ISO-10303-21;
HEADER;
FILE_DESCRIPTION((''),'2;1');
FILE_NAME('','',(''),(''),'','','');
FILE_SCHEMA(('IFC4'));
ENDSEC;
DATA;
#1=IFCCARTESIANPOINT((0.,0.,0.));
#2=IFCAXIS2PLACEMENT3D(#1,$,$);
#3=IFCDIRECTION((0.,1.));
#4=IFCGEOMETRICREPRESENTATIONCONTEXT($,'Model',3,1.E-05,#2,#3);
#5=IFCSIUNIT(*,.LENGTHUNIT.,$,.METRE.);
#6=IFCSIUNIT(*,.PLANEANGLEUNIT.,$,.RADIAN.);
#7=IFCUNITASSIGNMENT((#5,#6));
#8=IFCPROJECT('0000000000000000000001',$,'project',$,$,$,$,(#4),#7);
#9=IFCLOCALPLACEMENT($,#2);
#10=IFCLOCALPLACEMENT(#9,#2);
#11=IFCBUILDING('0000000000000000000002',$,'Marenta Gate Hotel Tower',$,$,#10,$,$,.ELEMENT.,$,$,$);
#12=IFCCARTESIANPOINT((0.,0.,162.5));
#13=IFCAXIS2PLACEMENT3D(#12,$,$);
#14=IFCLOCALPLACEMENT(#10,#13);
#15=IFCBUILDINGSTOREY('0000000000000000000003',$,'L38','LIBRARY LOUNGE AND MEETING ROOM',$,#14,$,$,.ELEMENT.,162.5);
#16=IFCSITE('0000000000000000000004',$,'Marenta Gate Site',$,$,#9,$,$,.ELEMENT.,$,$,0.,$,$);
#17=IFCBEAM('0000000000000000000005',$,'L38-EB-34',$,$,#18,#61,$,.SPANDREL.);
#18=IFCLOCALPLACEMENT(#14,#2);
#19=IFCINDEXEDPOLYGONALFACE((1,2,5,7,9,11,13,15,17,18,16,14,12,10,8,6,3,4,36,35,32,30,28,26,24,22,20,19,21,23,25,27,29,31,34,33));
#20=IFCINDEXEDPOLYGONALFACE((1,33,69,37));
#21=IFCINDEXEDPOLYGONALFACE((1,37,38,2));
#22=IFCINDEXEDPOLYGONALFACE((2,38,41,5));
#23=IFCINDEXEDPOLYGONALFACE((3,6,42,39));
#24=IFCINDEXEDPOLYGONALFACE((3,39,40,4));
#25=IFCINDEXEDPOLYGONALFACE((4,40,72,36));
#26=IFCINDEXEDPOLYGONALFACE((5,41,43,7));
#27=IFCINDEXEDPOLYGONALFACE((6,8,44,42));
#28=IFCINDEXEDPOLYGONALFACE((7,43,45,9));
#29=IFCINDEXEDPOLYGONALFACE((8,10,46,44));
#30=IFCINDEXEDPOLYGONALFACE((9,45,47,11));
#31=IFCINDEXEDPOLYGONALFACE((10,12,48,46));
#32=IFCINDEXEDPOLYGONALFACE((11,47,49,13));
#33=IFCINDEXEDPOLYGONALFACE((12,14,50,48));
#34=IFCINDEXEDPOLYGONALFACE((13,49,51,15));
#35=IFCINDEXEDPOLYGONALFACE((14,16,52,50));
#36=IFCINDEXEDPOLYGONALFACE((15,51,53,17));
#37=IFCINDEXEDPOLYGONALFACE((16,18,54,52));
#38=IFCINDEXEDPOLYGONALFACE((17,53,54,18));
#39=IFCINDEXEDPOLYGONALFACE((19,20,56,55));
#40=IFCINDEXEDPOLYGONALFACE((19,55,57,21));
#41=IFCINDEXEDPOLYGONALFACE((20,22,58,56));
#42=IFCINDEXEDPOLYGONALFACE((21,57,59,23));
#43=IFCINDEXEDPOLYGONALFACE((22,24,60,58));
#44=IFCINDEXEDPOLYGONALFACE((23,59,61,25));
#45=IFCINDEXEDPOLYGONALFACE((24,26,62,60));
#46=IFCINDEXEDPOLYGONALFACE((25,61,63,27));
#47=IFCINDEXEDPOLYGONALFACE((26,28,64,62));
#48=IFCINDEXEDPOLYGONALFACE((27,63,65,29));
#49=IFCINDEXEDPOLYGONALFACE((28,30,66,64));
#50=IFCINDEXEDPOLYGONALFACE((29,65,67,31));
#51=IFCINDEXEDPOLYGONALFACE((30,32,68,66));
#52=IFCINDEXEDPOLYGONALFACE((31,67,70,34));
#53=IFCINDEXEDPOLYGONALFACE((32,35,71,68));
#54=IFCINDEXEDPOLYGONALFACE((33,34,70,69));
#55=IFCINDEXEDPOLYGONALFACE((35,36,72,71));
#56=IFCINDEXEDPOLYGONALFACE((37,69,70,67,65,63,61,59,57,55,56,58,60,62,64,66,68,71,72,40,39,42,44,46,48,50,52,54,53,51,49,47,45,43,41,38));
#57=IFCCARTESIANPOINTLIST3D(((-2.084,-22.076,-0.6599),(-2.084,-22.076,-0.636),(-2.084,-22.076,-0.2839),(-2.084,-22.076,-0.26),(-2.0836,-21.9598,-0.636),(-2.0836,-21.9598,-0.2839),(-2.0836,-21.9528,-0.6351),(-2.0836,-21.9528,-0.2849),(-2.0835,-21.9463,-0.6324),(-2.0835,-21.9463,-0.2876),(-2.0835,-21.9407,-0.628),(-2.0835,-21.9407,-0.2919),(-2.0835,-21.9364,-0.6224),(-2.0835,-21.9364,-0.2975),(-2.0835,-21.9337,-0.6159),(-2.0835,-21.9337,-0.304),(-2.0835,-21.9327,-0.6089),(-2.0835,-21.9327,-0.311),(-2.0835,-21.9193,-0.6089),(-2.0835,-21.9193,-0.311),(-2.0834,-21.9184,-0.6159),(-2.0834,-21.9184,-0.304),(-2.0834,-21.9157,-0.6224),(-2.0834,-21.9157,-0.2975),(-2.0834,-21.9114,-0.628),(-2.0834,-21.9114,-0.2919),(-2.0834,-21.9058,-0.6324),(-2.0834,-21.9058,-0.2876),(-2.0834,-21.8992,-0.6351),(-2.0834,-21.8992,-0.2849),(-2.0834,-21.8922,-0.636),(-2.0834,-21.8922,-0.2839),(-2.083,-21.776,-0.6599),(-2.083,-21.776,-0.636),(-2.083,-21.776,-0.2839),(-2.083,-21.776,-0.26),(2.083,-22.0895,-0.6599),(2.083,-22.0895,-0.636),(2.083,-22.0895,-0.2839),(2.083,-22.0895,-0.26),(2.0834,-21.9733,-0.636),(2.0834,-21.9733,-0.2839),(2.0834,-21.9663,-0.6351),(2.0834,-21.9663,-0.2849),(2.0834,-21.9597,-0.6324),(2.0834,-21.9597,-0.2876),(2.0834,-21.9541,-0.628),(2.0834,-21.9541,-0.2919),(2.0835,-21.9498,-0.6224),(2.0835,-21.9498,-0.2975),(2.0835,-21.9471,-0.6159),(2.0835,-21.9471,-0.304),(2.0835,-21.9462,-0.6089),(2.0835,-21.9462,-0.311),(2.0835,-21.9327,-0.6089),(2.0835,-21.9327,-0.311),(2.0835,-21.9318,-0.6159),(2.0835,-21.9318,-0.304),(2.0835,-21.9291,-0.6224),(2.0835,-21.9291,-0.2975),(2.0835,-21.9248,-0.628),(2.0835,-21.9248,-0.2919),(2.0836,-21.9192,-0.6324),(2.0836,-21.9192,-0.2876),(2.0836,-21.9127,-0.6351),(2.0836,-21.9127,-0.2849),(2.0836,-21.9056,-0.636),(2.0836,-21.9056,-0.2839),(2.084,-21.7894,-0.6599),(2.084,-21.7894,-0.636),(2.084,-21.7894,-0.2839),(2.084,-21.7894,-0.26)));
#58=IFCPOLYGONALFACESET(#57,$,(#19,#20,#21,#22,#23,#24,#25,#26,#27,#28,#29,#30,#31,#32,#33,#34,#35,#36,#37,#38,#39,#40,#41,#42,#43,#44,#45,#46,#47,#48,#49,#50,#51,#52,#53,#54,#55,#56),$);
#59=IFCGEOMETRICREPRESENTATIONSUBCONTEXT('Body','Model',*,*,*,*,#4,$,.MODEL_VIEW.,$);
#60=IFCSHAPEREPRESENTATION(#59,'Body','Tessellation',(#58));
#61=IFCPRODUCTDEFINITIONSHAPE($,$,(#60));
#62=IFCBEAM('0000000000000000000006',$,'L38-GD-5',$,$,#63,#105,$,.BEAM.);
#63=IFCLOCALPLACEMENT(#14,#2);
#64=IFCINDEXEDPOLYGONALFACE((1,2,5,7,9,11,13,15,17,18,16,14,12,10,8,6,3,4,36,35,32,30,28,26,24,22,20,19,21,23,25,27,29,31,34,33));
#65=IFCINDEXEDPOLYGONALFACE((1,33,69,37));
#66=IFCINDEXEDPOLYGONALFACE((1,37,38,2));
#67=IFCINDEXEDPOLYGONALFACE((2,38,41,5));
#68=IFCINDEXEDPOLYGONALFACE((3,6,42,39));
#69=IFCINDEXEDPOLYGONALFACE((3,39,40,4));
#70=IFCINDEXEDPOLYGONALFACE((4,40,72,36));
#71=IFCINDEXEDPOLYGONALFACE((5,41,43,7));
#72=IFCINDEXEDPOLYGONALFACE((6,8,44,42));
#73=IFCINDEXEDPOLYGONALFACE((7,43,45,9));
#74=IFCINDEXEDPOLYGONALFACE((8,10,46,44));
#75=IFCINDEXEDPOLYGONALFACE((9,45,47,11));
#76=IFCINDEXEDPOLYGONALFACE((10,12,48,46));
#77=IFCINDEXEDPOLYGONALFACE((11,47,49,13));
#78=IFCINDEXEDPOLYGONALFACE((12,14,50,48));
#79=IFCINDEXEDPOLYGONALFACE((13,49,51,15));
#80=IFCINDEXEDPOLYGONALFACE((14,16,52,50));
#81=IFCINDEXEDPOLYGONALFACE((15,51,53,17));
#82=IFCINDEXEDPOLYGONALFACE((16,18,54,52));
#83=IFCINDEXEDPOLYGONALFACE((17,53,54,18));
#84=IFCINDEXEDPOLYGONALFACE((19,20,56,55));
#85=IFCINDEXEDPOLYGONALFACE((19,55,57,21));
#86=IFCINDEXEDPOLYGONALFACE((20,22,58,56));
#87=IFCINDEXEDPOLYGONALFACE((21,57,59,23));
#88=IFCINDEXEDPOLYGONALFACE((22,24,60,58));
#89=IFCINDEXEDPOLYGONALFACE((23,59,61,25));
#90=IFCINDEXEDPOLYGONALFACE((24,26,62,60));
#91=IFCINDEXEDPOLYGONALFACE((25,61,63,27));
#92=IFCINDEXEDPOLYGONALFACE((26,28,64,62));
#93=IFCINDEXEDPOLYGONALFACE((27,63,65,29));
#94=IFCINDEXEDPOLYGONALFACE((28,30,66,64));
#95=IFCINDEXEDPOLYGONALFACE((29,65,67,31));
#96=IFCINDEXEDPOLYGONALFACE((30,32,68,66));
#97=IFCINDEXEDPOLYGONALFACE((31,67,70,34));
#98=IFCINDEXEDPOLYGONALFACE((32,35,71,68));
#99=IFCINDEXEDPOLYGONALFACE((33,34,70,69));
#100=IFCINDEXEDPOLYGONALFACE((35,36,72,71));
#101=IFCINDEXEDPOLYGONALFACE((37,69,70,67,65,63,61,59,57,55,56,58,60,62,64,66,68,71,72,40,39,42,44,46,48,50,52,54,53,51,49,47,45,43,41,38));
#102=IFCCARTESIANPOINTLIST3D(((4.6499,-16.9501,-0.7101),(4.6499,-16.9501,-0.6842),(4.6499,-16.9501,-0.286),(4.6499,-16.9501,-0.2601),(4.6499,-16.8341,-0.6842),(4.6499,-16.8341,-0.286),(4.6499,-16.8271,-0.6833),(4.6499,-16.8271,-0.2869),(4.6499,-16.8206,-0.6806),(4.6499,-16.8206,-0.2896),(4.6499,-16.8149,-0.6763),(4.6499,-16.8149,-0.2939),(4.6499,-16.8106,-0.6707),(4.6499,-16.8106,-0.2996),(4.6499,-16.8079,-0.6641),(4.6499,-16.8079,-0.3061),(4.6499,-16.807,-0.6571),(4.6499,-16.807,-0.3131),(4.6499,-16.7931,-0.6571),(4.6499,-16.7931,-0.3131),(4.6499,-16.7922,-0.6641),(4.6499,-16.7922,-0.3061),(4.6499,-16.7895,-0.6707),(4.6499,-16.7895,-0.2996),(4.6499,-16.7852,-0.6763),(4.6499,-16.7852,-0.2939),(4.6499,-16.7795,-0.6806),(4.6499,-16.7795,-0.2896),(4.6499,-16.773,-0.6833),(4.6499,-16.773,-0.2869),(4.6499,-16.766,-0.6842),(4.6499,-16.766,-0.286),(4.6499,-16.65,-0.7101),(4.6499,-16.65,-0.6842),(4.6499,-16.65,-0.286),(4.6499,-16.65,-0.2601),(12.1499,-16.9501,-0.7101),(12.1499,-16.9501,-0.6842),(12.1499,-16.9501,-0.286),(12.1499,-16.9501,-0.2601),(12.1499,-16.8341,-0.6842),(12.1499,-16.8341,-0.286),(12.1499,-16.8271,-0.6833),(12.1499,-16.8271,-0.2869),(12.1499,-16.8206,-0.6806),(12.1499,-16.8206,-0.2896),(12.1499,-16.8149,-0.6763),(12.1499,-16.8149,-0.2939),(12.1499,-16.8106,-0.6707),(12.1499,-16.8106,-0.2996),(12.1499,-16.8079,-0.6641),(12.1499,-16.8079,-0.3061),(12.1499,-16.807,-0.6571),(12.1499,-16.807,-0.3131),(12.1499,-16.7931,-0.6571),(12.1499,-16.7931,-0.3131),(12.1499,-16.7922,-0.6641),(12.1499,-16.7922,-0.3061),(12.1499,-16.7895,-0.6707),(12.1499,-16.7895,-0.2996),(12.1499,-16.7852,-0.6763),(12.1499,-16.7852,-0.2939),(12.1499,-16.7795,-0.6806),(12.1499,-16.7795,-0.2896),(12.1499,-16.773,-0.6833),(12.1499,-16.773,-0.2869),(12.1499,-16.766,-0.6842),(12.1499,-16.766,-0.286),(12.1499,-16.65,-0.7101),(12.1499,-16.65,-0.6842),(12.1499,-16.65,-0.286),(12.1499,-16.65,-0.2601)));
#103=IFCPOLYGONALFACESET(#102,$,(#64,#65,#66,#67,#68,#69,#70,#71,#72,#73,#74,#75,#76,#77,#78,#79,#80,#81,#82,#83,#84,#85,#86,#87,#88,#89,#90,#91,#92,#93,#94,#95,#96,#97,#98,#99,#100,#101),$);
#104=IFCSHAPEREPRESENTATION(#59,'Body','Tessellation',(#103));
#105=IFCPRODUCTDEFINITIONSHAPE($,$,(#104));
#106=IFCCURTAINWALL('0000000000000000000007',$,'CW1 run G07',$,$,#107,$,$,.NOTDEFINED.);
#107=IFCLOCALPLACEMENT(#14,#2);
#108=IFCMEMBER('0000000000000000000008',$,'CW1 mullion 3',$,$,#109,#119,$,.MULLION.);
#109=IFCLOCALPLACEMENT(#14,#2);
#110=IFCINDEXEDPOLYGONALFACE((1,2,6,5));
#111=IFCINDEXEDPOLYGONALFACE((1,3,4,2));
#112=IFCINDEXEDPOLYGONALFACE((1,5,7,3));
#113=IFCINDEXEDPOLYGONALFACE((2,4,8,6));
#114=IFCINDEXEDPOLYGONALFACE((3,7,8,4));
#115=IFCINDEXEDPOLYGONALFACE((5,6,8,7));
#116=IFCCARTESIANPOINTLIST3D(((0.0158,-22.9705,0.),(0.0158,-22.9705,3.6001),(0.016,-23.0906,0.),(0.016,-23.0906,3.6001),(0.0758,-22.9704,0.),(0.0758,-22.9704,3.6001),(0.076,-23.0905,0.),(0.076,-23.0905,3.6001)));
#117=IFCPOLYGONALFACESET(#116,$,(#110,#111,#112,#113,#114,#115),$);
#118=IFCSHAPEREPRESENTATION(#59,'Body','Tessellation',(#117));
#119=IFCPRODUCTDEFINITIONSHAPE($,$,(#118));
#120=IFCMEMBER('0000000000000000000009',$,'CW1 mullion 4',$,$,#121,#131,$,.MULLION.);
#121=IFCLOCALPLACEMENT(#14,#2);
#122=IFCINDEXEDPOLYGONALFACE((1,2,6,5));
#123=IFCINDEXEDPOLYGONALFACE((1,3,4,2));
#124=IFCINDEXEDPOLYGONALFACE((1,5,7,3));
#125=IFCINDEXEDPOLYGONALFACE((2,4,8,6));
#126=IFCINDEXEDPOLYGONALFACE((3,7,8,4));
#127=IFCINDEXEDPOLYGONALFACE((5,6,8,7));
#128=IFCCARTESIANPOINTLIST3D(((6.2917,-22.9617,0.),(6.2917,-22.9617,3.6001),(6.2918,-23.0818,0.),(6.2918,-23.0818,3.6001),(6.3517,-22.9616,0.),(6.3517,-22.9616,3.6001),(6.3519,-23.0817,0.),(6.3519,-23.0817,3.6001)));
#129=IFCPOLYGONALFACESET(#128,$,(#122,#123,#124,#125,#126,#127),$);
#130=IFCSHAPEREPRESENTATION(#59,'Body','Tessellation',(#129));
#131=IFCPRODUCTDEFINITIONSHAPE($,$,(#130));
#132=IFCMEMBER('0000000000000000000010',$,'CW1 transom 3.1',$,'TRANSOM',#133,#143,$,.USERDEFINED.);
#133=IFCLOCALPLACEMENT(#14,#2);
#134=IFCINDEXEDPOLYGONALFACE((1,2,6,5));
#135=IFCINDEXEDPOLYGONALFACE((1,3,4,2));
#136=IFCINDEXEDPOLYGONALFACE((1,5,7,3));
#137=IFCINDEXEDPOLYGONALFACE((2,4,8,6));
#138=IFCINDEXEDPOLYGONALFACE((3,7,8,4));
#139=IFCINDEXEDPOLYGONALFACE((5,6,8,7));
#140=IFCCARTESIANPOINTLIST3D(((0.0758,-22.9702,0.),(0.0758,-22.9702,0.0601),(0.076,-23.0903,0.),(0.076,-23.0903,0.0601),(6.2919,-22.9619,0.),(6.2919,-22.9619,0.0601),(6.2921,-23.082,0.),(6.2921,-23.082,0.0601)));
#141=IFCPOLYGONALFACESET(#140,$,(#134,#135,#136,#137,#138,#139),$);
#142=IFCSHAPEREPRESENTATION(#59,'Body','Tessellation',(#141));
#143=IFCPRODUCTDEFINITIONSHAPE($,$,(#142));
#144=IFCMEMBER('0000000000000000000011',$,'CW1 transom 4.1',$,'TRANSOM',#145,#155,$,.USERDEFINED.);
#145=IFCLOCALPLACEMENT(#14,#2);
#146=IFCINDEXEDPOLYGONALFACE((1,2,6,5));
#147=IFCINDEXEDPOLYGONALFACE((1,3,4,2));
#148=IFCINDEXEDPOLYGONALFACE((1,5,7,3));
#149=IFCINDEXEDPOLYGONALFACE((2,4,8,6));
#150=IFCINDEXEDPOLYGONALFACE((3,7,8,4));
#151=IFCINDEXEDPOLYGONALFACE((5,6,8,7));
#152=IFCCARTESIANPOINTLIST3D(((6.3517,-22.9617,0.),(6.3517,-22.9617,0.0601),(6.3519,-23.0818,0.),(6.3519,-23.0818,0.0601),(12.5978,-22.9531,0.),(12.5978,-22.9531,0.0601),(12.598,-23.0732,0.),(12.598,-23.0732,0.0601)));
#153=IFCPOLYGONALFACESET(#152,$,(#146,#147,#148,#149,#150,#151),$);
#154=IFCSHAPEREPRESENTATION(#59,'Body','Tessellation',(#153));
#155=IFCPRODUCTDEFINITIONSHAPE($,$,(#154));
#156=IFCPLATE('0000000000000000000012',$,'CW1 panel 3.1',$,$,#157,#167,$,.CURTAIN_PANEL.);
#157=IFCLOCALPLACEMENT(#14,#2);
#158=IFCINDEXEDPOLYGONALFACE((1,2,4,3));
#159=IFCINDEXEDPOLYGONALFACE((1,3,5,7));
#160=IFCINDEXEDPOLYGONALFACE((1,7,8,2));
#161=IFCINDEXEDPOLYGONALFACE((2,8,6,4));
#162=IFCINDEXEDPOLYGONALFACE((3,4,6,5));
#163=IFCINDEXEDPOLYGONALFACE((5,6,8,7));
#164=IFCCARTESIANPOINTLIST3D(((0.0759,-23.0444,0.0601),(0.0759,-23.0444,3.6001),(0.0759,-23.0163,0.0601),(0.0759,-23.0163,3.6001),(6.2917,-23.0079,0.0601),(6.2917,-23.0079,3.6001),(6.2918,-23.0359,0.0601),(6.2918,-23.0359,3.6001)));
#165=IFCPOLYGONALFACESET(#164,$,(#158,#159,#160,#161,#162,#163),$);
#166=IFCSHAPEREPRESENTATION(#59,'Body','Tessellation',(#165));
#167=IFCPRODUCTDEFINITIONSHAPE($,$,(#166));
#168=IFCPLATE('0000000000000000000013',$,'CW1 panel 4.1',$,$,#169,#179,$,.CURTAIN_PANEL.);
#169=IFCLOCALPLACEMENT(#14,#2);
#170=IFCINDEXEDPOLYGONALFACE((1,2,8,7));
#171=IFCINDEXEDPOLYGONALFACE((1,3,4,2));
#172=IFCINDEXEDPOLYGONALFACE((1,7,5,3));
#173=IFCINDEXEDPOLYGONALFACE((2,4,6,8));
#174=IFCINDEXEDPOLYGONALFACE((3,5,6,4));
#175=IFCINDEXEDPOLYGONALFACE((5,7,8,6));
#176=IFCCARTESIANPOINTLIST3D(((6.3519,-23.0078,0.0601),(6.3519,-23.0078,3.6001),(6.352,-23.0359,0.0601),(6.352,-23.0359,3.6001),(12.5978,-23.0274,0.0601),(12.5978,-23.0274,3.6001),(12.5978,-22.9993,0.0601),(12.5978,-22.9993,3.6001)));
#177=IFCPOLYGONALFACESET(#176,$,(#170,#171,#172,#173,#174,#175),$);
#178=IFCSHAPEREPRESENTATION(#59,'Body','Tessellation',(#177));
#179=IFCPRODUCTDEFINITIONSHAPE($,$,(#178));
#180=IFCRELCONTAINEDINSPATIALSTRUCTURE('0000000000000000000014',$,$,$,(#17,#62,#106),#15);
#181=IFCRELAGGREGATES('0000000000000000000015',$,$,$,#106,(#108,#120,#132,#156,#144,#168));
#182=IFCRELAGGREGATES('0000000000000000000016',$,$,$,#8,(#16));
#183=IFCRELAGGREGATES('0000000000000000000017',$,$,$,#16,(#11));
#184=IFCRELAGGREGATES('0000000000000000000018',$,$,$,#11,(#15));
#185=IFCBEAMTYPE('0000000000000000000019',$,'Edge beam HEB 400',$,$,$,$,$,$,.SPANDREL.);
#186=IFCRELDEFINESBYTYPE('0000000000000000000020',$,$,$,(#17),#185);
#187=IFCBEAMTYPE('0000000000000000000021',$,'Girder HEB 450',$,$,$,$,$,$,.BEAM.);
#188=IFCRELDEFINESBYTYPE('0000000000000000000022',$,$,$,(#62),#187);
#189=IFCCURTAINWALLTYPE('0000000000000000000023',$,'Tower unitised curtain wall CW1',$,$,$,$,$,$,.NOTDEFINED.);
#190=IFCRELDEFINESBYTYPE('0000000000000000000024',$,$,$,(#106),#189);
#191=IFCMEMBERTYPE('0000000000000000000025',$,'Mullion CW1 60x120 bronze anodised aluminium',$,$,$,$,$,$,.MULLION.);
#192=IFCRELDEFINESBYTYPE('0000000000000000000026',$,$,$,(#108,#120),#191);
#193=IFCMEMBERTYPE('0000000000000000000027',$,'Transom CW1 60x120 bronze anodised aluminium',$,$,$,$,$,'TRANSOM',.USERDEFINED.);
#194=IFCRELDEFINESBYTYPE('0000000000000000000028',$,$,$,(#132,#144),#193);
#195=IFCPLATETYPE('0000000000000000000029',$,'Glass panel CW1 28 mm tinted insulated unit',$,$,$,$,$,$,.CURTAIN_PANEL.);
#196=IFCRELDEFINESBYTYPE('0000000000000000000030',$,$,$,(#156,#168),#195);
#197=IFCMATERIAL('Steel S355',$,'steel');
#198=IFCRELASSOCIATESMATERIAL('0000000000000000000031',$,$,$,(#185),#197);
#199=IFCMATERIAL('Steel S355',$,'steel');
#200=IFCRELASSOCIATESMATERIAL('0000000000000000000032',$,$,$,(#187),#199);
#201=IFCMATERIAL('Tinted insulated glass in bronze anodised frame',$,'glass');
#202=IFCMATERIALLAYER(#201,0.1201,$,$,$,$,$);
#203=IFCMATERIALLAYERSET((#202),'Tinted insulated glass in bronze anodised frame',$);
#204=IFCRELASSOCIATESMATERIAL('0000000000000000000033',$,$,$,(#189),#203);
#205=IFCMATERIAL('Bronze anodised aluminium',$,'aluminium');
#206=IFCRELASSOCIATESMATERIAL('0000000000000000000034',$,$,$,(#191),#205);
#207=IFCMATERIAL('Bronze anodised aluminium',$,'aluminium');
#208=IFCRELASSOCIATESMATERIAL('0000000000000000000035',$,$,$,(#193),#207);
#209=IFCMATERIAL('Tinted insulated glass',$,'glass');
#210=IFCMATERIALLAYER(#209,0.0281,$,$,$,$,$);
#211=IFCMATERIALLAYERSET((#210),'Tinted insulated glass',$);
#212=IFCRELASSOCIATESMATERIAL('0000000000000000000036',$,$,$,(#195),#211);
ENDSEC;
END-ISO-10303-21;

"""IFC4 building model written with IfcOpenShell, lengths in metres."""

from ifc_helpers import new_model, si_unit, direction, frame, origin, origin_2d, place, context, subcontext, project, spatial, rectangle, i_section, extrude, material, layer, layer_set, material_profile, profile_set, type_object, element, aggregate, save


model = new_model("IFC4")

# Units and contexts
model_context = context("Model", 3, precision=1e-05, world=origin(), true_north=direction((0.0, 1.0)))
body_context = subcontext(model_context, "Body", "Model", "MODEL_VIEW")
ifc_project = project(units=[si_unit("LENGTHUNIT", "METRE"), si_unit("PLANEANGLEUNIT", "RADIAN")], contexts=[model_context])

# Site, building, storey
site_placement = place(None, origin())
site = spatial("IfcSite", under=ifc_project, at=site_placement, Name="Marenta Gate Site", CompositionType="ELEMENT", RefElevation=0.0)
building_placement = place(site_placement, origin())
building = spatial("IfcBuilding", under=site, at=building_placement, Name="Marenta Gate Hotel Tower", CompositionType="ELEMENT")
storey_placement = place(building_placement, frame((0.0, 0.0, 162.5)))
storey = spatial("IfcBuildingStorey", under=building, at=storey_placement, Name="L38", Description="LIBRARY LOUNGE AND MEETING ROOM", CompositionType="ELEMENT", Elevation=162.5)

# Beams
ifc_material_1 = material(Name="Steel S355", Category="steel")
ifc_material_profile_1 = material_profile(ifc_material_1, i_section(OverallWidth=0.3, OverallDepth=0.3999, WebThickness=0.0134, FlangeThickness=0.0239, FilletRadius=0.0271, at=origin_2d()), Name="HEB 400")
ifc_profile_set_1 = profile_set([ifc_material_profile_1], Name="Steel S355")
beam_type_1 = type_object("IfcBeamType", Name="Edge beam HEB 400", PredefinedType="SPANDREL", material=ifc_profile_set_1)
beam_1_placement = place(storey_placement, frame((2.0835, -21.9395, -0.46), z_axis=(-0.999995, 0.003222, 0.0), x_axis=(-0.003222, -0.999995, 0.0)))
element("IfcBeam", 1, at=beam_1_placement, inside=storey, type_object=beam_type_1, Name="L38-EB-34", PredefinedType="SPANDREL", context=body_context, shape_type="SweptSolid", body=[
    extrude(i_section(OverallWidth=0.3, OverallDepth=0.3999, WebThickness=0.0134, FlangeThickness=0.0239, FilletRadius=0.0271, at=origin_2d()), origin(), (0.0, 0.0, 1.0), 4.167),
])
ifc_material_2 = material(Name="Steel S355", Category="steel")
ifc_material_profile_2 = material_profile(ifc_material_2, i_section(OverallWidth=0.3, OverallDepth=0.45, WebThickness=0.0139, FlangeThickness=0.0259, FilletRadius=0.0271, at=origin_2d()), Name="HEB 450")
ifc_profile_set_2 = profile_set([ifc_material_profile_2], Name="Steel S355")
beam_type_2 = type_object("IfcBeamType", Name="Girder HEB 450", PredefinedType="BEAM", material=ifc_profile_set_2)
beam_2_placement = place(storey_placement, frame((4.6499, -16.8, -0.4851), z_axis=(1.0, 0.0, 0.0), x_axis=(0.0, 1.0, 0.0)))
element("IfcBeam", 2, at=beam_2_placement, inside=storey, type_object=beam_type_2, Name="L38-GD-5", PredefinedType="BEAM", context=body_context, shape_type="SweptSolid", body=[
    extrude(i_section(OverallWidth=0.3, OverallDepth=0.45, WebThickness=0.0139, FlangeThickness=0.0259, FilletRadius=0.0271, at=origin_2d()), origin(), (0.0, 0.0, 1.0), 7.5),
])

# Curtain wall, members, plates
ifc_material_3 = material(Name="Tinted insulated glass in bronze anodised frame", Category="glass")
ifc_layer_1 = layer(ifc_material_3, 0.1201)
ifc_layer_set_1 = layer_set([ifc_layer_1], Name="Tinted insulated glass in bronze anodised frame")
curtain_wall_type = type_object("IfcCurtainWallType", Name="Tower unitised curtain wall CW1", PredefinedType="NOTDEFINED", material=ifc_layer_set_1)
curtain_wall_placement = place(storey_placement, origin())
curtain_wall = element("IfcCurtainWall", 3, at=curtain_wall_placement, inside=storey, type_object=curtain_wall_type, Name="CW1 run G07", PredefinedType="NOTDEFINED")
ifc_material_4 = material(Name="Bronze anodised aluminium", Category="aluminium")
ifc_material_profile_3 = material_profile(ifc_material_4, rectangle(XDim=0.1201, YDim=0.0601, at=origin_2d()), Name="Mullion CW1 60x120 bronze anodised aluminium")
ifc_profile_set_3 = profile_set([ifc_material_profile_3], Name="Bronze anodised aluminium")
member_type_1 = type_object("IfcMemberType", Name="Mullion CW1 60x120 bronze anodised aluminium", PredefinedType="MULLION", material=ifc_profile_set_3)
member_1_placement = place(storey_placement, frame((0.0459, -23.0305, 0.0), z_axis=(0.0, 0.0, 1.0), x_axis=(-0.001362, 0.999999, 0.0)))
member_1 = element("IfcMember", 4, at=member_1_placement, type_object=member_type_1, Name="CW1 mullion 3", PredefinedType="MULLION", context=body_context, shape_type="SweptSolid", body=[
    extrude(rectangle(XDim=0.1201, YDim=0.0601, at=origin_2d()), origin(), (0.0, 0.0, 1.0), 3.6001),
])
member_2_placement = place(storey_placement, frame((6.3218, -23.0217, 0.0), z_axis=(0.0, 0.0, 1.0), x_axis=(-0.001362, 0.999999, 0.0)))
member_2 = element("IfcMember", 5, at=member_2_placement, type_object=member_type_1, Name="CW1 mullion 4", PredefinedType="MULLION", context=body_context, shape_type="SweptSolid", body=[
    extrude(rectangle(XDim=0.1201, YDim=0.0601, at=origin_2d()), origin(), (0.0, 0.0, 1.0), 3.6001),
])
ifc_material_5 = material(Name="Bronze anodised aluminium", Category="aluminium")
ifc_material_profile_4 = material_profile(ifc_material_5, rectangle(XDim=0.1201, YDim=0.0601, at=origin_2d()), Name="Transom CW1 60x120 bronze anodised aluminium")
ifc_profile_set_4 = profile_set([ifc_material_profile_4], Name="Bronze anodised aluminium")
member_type_2 = type_object("IfcMemberType", Name="Transom CW1 60x120 bronze anodised aluminium", ElementType="TRANSOM", PredefinedType="USERDEFINED", material=ifc_profile_set_4)
member_3_placement = place(storey_placement, frame((0.0759, -23.0303, 0.03), z_axis=(0.999999, 0.001335, 0.0), x_axis=(-0.001335, 0.999999, 0.0)))
member_3 = element("IfcMember", 6, at=member_3_placement, type_object=member_type_2, Name="CW1 transom 3.1", ObjectType="TRANSOM", PredefinedType="USERDEFINED", context=body_context, shape_type="SweptSolid", body=[
    extrude(rectangle(XDim=0.1201, YDim=0.0601, at=origin_2d()), origin(), (0.0, 0.0, 1.0), 6.2161),
])
member_4_placement = place(storey_placement, frame((6.3518, -23.0217, 0.03), z_axis=(0.999999, 0.001368, 0.0), x_axis=(-0.001368, 0.999999, 0.0)))
member_4 = element("IfcMember", 7, at=member_4_placement, type_object=member_type_2, Name="CW1 transom 4.1", ObjectType="TRANSOM", PredefinedType="USERDEFINED", context=body_context, shape_type="SweptSolid", body=[
    extrude(rectangle(XDim=0.1201, YDim=0.0601, at=origin_2d()), origin(), (0.0, 0.0, 1.0), 6.2461),
])
ifc_material_6 = material(Name="Tinted insulated glass", Category="glass")
ifc_layer_2 = layer(ifc_material_6, 0.0281)
ifc_layer_set_2 = layer_set([ifc_layer_2], Name="Tinted insulated glass")
plate_type = type_object("IfcPlateType", Name="Glass panel CW1 28 mm tinted insulated unit", PredefinedType="CURTAIN_PANEL", material=ifc_layer_set_2)
plate_1_placement = place(storey_placement, frame((3.1838, -23.0261, 0.0601), z_axis=(0.0, 0.0, 1.0), x_axis=(0.999999, 0.001362, 0.0)))
plate_1 = element("IfcPlate", 8, at=plate_1_placement, type_object=plate_type, Name="CW1 panel 3.1", PredefinedType="CURTAIN_PANEL", context=body_context, shape_type="SweptSolid", body=[
    extrude(rectangle(XDim=6.2158, YDim=0.0281, at=origin_2d()), origin(), (0.0, 0.0, 1.0), 3.54),
])
plate_2_placement = place(storey_placement, frame((9.4749, -23.0176, 0.0601), z_axis=(0.0, 0.0, 1.0), x_axis=(0.999999, 0.001362, 0.0)))
plate_2 = element("IfcPlate", 9, at=plate_2_placement, type_object=plate_type, Name="CW1 panel 4.1", PredefinedType="CURTAIN_PANEL", context=body_context, shape_type="SweptSolid", body=[
    extrude(rectangle(XDim=6.2458, YDim=0.0281, at=origin_2d()), origin(), (0.0, 0.0, 1.0), 3.54),
])
aggregate(curtain_wall, [member_1, member_2, member_3, plate_1, member_4, plate_2])

save(model, "model.ifc")
